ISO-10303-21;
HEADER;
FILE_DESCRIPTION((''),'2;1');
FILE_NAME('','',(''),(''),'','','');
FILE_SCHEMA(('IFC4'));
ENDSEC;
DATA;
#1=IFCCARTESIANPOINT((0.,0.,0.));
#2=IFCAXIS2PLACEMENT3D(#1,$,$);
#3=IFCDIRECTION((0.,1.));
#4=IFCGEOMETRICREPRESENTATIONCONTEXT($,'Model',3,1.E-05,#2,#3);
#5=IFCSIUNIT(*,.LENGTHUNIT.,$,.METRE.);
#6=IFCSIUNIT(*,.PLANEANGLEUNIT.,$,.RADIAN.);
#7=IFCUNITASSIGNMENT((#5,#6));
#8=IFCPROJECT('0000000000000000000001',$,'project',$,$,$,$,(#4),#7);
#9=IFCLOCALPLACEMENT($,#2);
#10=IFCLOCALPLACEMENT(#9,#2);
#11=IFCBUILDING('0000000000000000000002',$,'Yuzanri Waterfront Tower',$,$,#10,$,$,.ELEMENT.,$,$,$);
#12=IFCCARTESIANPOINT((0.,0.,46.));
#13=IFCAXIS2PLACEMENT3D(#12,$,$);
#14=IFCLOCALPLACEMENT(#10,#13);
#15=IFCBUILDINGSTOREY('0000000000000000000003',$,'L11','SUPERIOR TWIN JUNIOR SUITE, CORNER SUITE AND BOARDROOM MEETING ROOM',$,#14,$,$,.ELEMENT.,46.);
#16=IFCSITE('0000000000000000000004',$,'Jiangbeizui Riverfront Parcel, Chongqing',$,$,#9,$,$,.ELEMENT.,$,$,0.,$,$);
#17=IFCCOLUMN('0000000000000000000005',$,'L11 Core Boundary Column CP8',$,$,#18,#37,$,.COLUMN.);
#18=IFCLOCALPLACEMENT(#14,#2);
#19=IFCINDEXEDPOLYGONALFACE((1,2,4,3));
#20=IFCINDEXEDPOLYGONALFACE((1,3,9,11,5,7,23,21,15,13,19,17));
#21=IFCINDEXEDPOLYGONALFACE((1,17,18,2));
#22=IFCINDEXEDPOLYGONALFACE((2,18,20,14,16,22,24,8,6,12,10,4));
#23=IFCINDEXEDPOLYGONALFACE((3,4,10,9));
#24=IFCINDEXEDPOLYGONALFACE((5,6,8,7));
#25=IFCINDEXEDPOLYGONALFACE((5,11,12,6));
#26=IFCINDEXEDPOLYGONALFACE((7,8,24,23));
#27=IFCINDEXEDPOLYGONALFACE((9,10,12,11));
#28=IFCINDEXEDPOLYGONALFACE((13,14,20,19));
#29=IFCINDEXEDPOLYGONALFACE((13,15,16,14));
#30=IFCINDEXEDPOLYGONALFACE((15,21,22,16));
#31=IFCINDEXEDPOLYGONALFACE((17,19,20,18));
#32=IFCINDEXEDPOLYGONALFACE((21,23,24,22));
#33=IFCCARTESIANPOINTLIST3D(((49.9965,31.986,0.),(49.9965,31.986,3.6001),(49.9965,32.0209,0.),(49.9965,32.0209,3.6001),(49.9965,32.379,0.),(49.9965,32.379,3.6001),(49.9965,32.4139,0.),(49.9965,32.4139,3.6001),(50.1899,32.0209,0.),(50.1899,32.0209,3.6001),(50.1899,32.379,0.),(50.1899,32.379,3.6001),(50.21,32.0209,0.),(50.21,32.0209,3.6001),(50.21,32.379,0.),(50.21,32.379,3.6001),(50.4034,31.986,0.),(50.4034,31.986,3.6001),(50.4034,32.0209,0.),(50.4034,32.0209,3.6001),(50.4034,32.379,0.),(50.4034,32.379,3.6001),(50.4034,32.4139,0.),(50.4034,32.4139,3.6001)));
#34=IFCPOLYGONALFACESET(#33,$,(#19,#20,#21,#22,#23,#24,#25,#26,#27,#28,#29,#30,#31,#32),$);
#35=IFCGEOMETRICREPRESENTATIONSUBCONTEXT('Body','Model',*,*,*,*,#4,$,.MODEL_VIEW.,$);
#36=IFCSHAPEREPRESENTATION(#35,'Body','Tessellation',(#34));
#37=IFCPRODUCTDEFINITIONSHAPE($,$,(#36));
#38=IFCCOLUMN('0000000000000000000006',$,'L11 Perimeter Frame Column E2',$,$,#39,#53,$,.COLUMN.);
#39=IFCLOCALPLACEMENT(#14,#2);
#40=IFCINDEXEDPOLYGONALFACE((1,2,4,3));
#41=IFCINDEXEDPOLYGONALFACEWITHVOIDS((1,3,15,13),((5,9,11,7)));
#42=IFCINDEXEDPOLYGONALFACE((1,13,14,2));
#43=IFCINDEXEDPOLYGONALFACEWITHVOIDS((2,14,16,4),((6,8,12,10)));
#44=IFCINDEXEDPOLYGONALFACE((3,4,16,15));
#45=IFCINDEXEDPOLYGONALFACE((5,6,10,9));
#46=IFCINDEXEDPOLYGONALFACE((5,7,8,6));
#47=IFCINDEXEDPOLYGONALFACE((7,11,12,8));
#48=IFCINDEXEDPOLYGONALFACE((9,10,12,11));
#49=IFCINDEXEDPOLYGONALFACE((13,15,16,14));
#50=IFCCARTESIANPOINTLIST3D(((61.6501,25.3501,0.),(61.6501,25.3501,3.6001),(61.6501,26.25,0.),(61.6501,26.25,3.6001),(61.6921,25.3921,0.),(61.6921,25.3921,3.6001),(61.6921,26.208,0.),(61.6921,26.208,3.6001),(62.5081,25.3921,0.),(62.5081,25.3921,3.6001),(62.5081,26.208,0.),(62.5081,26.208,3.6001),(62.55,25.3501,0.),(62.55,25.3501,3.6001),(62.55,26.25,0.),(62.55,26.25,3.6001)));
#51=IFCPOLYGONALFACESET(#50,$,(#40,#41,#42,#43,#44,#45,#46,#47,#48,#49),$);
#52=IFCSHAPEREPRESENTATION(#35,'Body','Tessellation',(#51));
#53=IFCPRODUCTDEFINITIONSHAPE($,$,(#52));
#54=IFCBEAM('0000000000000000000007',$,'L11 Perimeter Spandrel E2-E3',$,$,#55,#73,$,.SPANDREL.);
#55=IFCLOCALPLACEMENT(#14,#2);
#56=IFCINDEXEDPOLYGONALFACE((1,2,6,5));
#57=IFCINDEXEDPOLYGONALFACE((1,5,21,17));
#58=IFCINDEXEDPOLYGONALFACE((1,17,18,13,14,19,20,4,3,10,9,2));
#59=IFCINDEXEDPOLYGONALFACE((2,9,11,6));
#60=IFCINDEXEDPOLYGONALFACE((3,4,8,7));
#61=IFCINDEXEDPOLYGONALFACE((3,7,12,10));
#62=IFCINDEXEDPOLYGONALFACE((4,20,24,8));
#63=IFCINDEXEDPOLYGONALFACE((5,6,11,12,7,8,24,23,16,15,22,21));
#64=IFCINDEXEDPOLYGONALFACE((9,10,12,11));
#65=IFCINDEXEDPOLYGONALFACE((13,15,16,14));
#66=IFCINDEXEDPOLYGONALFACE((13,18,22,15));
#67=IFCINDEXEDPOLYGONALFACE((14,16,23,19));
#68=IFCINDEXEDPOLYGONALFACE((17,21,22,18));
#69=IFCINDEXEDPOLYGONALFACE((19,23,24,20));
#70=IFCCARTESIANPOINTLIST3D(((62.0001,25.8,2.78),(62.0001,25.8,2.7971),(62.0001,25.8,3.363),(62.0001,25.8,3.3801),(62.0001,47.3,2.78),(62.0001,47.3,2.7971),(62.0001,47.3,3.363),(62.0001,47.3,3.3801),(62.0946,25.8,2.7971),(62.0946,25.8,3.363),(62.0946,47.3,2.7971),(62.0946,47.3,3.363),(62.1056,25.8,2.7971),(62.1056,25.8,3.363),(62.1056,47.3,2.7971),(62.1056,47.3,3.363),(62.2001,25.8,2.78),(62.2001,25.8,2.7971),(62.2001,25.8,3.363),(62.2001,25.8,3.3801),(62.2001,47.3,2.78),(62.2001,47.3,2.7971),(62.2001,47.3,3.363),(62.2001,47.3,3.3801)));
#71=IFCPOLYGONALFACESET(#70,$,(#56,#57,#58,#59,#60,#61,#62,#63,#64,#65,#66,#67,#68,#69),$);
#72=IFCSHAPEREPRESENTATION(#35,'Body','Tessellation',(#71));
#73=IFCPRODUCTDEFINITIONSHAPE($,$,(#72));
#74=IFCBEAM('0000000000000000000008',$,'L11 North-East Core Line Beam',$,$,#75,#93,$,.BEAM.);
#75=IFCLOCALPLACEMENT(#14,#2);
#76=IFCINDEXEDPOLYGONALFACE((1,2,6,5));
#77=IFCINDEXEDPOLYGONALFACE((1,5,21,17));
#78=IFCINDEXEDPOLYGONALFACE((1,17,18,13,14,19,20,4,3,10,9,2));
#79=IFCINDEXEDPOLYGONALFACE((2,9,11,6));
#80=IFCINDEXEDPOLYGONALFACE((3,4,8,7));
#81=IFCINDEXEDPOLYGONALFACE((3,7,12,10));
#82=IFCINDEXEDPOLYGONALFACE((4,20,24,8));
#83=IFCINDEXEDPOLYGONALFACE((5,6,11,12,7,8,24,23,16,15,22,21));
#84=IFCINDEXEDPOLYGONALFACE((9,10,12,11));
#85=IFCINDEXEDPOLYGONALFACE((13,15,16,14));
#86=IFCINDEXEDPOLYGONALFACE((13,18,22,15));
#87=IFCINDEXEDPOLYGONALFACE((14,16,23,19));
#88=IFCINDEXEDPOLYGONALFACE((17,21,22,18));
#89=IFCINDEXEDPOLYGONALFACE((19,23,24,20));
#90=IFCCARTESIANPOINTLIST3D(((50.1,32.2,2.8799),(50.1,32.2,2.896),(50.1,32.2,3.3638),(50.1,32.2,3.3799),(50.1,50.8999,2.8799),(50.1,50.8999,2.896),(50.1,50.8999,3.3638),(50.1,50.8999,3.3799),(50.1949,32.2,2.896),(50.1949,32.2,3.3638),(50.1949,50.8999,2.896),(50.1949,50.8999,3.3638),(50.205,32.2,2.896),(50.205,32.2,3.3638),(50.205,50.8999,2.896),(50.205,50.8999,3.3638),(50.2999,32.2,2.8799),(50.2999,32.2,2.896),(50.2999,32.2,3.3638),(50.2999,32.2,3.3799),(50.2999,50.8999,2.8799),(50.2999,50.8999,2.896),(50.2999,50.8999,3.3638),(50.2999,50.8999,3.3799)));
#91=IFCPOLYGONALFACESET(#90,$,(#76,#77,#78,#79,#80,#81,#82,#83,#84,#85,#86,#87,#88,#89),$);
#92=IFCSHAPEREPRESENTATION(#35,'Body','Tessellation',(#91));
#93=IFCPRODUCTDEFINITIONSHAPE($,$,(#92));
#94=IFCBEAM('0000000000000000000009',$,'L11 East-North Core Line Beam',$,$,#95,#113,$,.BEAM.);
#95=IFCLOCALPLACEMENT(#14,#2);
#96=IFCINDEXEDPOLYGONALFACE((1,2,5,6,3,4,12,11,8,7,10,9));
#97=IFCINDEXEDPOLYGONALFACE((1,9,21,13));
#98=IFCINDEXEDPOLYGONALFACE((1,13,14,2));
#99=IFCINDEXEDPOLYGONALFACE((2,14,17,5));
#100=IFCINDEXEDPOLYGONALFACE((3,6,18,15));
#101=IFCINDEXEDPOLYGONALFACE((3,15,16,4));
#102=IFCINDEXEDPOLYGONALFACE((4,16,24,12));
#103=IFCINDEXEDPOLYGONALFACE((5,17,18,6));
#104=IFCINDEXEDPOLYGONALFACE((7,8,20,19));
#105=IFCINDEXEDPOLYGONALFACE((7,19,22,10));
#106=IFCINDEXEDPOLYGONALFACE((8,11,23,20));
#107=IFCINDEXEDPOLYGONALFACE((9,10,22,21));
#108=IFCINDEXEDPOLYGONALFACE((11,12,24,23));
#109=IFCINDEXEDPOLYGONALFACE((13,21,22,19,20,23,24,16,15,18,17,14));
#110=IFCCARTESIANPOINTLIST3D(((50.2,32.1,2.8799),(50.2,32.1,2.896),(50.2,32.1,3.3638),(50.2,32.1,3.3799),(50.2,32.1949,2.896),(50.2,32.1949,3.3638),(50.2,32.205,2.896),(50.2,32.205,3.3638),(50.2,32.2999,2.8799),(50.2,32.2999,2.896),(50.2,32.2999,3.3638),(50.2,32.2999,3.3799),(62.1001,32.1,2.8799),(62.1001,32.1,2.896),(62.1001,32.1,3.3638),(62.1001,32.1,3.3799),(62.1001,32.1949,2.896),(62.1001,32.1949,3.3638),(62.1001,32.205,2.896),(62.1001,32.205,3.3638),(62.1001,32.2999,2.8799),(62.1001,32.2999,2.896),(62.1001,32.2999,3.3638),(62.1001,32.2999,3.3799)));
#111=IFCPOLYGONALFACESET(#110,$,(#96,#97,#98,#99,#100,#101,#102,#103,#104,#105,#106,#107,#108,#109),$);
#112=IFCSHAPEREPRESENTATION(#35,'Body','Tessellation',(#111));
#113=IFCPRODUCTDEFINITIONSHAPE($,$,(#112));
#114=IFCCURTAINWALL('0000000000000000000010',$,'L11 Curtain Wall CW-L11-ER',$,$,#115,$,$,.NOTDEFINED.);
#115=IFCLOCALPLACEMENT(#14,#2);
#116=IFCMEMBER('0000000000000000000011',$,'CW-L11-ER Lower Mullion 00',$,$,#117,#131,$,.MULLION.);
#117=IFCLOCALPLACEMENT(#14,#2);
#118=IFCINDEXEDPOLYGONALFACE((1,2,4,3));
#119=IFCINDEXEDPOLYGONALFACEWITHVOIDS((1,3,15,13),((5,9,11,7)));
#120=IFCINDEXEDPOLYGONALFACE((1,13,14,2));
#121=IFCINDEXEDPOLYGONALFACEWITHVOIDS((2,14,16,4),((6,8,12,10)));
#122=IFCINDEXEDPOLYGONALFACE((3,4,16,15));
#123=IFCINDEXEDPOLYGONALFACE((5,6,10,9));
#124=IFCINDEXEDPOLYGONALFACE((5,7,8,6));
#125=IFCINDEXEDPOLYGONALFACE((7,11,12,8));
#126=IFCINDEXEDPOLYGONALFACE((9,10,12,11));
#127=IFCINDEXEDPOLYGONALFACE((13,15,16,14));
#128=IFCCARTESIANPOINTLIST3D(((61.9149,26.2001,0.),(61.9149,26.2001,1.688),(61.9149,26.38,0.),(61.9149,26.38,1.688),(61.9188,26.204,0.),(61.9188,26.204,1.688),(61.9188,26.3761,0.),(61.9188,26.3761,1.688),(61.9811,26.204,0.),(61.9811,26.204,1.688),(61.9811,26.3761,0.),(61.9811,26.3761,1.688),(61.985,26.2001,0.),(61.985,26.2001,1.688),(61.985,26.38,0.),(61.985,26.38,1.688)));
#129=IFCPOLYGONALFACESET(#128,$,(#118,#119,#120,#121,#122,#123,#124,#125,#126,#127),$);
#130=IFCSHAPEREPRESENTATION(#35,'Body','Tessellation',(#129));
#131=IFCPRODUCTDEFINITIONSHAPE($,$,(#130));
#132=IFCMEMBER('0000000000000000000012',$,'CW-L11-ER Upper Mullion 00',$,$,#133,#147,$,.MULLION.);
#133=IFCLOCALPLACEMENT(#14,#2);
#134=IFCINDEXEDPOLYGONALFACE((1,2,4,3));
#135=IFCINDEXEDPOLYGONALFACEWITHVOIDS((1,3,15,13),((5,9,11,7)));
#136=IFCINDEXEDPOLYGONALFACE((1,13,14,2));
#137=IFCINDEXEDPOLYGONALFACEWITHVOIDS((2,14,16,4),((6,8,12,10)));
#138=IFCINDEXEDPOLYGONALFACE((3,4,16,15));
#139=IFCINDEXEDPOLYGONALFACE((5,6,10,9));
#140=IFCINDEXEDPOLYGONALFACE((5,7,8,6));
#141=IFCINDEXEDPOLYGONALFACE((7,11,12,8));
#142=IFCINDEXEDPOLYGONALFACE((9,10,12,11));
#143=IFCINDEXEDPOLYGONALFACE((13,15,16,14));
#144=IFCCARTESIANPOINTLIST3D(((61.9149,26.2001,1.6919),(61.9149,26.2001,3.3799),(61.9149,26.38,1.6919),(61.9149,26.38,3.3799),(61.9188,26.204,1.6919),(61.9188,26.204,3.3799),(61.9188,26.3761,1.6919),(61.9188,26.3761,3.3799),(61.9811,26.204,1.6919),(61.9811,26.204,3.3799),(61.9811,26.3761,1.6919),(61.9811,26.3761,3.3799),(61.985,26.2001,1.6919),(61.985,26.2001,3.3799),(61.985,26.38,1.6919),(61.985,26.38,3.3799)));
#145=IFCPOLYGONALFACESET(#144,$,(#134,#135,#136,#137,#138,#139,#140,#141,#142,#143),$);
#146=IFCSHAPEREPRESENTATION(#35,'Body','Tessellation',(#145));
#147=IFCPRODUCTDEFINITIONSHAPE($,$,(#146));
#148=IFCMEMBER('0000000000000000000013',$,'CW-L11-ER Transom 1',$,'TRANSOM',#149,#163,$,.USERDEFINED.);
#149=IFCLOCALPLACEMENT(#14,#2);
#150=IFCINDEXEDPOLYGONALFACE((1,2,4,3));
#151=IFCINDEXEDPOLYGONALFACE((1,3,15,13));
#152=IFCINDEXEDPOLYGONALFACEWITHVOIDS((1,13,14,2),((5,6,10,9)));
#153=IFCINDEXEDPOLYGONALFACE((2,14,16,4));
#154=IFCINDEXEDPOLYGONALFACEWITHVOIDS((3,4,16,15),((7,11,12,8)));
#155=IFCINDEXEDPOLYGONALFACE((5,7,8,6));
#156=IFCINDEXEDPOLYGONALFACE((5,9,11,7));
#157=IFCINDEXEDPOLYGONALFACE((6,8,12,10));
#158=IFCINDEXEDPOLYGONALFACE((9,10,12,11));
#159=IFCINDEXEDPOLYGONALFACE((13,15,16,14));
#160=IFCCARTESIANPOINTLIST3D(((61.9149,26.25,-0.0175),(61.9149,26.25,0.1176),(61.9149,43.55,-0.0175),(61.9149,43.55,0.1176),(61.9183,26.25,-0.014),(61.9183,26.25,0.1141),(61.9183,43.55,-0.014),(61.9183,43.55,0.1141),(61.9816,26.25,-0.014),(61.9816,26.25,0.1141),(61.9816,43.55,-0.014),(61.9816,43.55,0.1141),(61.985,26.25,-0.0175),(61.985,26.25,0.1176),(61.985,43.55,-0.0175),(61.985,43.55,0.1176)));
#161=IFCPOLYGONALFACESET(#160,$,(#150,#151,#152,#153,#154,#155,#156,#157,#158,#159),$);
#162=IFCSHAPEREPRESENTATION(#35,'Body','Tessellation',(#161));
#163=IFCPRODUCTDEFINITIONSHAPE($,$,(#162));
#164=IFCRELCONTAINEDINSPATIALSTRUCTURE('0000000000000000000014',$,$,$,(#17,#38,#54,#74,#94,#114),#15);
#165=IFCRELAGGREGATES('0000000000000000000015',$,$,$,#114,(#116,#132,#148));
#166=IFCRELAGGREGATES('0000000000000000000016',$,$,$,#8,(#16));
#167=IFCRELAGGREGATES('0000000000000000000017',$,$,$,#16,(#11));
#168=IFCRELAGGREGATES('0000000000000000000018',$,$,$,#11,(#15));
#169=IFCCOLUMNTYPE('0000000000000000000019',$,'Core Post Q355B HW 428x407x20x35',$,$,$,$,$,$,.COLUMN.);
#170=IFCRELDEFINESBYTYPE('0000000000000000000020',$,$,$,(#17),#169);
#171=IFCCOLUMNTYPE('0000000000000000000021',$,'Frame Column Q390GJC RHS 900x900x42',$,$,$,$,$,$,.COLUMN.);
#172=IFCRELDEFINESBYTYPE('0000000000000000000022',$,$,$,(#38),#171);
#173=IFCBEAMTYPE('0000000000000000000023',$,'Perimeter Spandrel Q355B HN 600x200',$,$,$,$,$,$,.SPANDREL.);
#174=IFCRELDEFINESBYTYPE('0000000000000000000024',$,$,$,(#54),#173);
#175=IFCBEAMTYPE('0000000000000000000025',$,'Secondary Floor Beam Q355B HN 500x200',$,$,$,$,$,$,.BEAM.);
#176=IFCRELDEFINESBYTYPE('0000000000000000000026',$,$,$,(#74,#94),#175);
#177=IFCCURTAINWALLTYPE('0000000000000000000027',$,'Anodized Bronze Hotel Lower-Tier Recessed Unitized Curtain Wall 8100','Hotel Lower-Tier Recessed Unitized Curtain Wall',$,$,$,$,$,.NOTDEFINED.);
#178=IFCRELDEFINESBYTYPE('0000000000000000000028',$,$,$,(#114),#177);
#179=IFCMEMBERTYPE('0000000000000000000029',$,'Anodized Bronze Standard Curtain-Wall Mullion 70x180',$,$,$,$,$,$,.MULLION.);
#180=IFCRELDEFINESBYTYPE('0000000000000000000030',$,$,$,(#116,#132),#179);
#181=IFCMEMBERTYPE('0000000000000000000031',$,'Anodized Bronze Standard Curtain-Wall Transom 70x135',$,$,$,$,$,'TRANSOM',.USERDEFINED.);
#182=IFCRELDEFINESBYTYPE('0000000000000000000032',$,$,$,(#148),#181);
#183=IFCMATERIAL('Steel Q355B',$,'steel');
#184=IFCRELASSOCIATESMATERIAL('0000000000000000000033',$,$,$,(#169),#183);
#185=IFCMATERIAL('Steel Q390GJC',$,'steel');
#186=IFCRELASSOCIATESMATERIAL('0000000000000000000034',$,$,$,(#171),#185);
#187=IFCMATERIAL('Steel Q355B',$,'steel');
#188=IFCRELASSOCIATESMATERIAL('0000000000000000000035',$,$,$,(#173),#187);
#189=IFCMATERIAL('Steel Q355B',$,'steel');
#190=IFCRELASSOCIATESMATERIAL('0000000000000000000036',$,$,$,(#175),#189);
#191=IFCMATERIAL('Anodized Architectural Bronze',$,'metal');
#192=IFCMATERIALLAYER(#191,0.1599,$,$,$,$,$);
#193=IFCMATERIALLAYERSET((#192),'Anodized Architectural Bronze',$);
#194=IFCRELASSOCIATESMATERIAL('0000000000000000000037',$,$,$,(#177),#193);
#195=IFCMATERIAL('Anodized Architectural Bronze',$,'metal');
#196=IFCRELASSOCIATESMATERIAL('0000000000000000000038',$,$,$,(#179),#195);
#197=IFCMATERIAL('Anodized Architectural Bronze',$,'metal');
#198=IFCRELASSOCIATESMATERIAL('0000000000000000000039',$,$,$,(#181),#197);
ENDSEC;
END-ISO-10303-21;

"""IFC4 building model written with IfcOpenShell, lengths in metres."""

from ifc_helpers import new_model, si_unit, direction, frame, origin, origin_2d, place, context, subcontext, project, spatial, hollow_rectangle, i_section, extrude, source, transform, mapped, material, layer, layer_set, material_profile, profile_set, type_object, element, aggregate, save


model = new_model("IFC4")

# Units and contexts
model_context = context("Model", 3, precision=1e-05, world=origin(), true_north=direction((0.0, 1.0)))
body_context = subcontext(model_context, "Body", "Model", "MODEL_VIEW")
ifc_project = project(units=[si_unit("LENGTHUNIT", "METRE"), si_unit("PLANEANGLEUNIT", "RADIAN")], contexts=[model_context])

# Site, building, storey
site_placement = place(None, origin())
site = spatial("IfcSite", under=ifc_project, at=site_placement, Name="Jiangbeizui Riverfront Parcel, Chongqing", CompositionType="ELEMENT", RefElevation=0.0)
building_placement = place(site_placement, origin())
building = spatial("IfcBuilding", under=site, at=building_placement, Name="Yuzanri Waterfront Tower", CompositionType="ELEMENT")
storey_placement = place(building_placement, frame((0.0, 0.0, 46.0)))
storey = spatial("IfcBuildingStorey", under=building, at=storey_placement, Name="L11", Description="SUPERIOR TWIN JUNIOR SUITE, CORNER SUITE AND BOARDROOM MEETING ROOM", CompositionType="ELEMENT", Elevation=46.0)

# Columns
ifc_material_1 = material(Name="Steel Q355B", Category="steel")
ifc_material_profile_1 = material_profile(ifc_material_1, i_section(OverallWidth=0.407, OverallDepth=0.428, WebThickness=0.02, FlangeThickness=0.0349, at=origin_2d()), Name="HW 428x407x20x35")
ifc_profile_set_1 = profile_set([ifc_material_profile_1], Name="Steel Q355B")
column_type_1 = type_object("IfcColumnType", Name="Core Post Q355B HW 428x407x20x35", PredefinedType="COLUMN", material=ifc_profile_set_1)
shared_shape_1 = source(origin(), body_context, "Body", "SweptSolid", [
    extrude(i_section(OverallWidth=0.407, OverallDepth=0.428, WebThickness=0.02, FlangeThickness=0.0349, at=origin_2d()), origin(), (0.0, 0.0, 1.0), 3.6001),
])
column_1_placement = place(storey_placement, frame((50.2, 32.2, 0.0), z_axis=(0.0, 0.0, 1.0), x_axis=(1.0, 0.0, 0.0)))
element("IfcColumn", 1, at=column_1_placement, inside=storey, type_object=column_type_1, Name="L11 Core Boundary Column CP8", PredefinedType="COLUMN", context=body_context, shape_type="MappedRepresentation", body=[
    mapped(shared_shape_1, transform((0.0, 0.0, 0.0), scale=1.0)),
])
ifc_material_2 = material(Name="Steel Q390GJC", Category="steel")
ifc_material_profile_2 = material_profile(ifc_material_2, hollow_rectangle(XDim=0.8999, YDim=0.8999, WallThickness=0.042, at=origin_2d()), Name="RHS 900x900x42")
ifc_profile_set_2 = profile_set([ifc_material_profile_2], Name="Steel Q390GJC")
column_type_2 = type_object("IfcColumnType", Name="Frame Column Q390GJC RHS 900x900x42", PredefinedType="COLUMN", material=ifc_profile_set_2)
shared_shape_2 = source(origin(), body_context, "Body", "SweptSolid", [
    extrude(hollow_rectangle(XDim=0.8999, YDim=0.8999, WallThickness=0.042, at=origin_2d()), origin(), (0.0, 0.0, 1.0), 3.6001),
])
column_2_placement = place(storey_placement, frame((62.1001, 25.8, 0.0), z_axis=(0.0, 0.0, 1.0), x_axis=(1.0, 0.0, 0.0)))
element("IfcColumn", 2, at=column_2_placement, inside=storey, type_object=column_type_2, Name="L11 Perimeter Frame Column E2", PredefinedType="COLUMN", context=body_context, shape_type="MappedRepresentation", body=[
    mapped(shared_shape_2, transform((0.0, 0.0, 0.0), scale=1.0)),
])

# Beams
ifc_material_3 = material(Name="Steel Q355B", Category="steel")
ifc_material_profile_3 = material_profile(ifc_material_3, i_section(OverallWidth=0.2, OverallDepth=0.6001, WebThickness=0.011, FlangeThickness=0.0171, at=origin_2d()), Name="HN 600x200x11x17")
ifc_profile_set_3 = profile_set([ifc_material_profile_3], Name="Steel Q355B")
beam_type_1 = type_object("IfcBeamType", Name="Perimeter Spandrel Q355B HN 600x200", PredefinedType="SPANDREL", material=ifc_profile_set_3)
shared_shape_3 = source(origin(), body_context, "Body", "SweptSolid", [
    extrude(i_section(OverallWidth=0.2, OverallDepth=0.6001, WebThickness=0.011, FlangeThickness=0.0171, at=origin_2d()), origin(), (0.0, 0.0, 1.0), 21.5),
])
beam_1_placement = place(storey_placement, frame((62.1001, 25.8, 3.0801), z_axis=(0.0, 1.0, 0.0), x_axis=(-1.0, 0.0, 0.0)))
element("IfcBeam", 3, at=beam_1_placement, inside=storey, type_object=beam_type_1, Name="L11 Perimeter Spandrel E2-E3", PredefinedType="SPANDREL", context=body_context, shape_type="MappedRepresentation", body=[
    mapped(shared_shape_3, transform((0.0, 0.0, 0.0), scale=1.0)),
])
ifc_material_4 = material(Name="Steel Q355B", Category="steel")
ifc_material_profile_4 = material_profile(ifc_material_4, i_section(OverallWidth=0.2, OverallDepth=0.5, WebThickness=0.01, FlangeThickness=0.0161, at=origin_2d()), Name="HN 500x200x10x16")
ifc_profile_set_4 = profile_set([ifc_material_profile_4], Name="Steel Q355B")
beam_type_2 = type_object("IfcBeamType", Name="Secondary Floor Beam Q355B HN 500x200", PredefinedType="BEAM", material=ifc_profile_set_4)
shared_shape_4 = source(origin(), body_context, "Body", "SweptSolid", [
    extrude(i_section(OverallWidth=0.2, OverallDepth=0.5, WebThickness=0.01, FlangeThickness=0.0161, at=origin_2d()), origin(), (0.0, 0.0, 1.0), 18.7),
])
beam_2_placement = place(storey_placement, frame((50.2, 32.2, 3.1299), z_axis=(0.0, 1.0, 0.0), x_axis=(-1.0, 0.0, 0.0)))
element("IfcBeam", 4, at=beam_2_placement, inside=storey, type_object=beam_type_2, Name="L11 North-East Core Line Beam", PredefinedType="BEAM", context=body_context, shape_type="MappedRepresentation", body=[
    mapped(shared_shape_4, transform((0.0, 0.0, 0.0), scale=1.0)),
])
shared_shape_5 = source(origin(), body_context, "Body", "SweptSolid", [
    extrude(i_section(OverallWidth=0.2, OverallDepth=0.5, WebThickness=0.01, FlangeThickness=0.0161, at=origin_2d()), origin(), (0.0, 0.0, 1.0), 11.9001),
])
beam_3_placement = place(storey_placement, frame((50.2, 32.2, 3.1299), z_axis=(1.0, 0.0, 0.0), x_axis=(0.0, 1.0, 0.0)))
element("IfcBeam", 5, at=beam_3_placement, inside=storey, type_object=beam_type_2, Name="L11 East-North Core Line Beam", PredefinedType="BEAM", context=body_context, shape_type="MappedRepresentation", body=[
    mapped(shared_shape_5, transform((0.0, 0.0, 0.0), scale=1.0)),
])

# Curtain wall, members
ifc_material_5 = material(Name="Anodized Architectural Bronze", Category="metal")
ifc_layer_1 = layer(ifc_material_5, 0.1599)
ifc_layer_set_1 = layer_set([ifc_layer_1], Name="Anodized Architectural Bronze")
curtain_wall_type = type_object("IfcCurtainWallType", Name="Anodized Bronze Hotel Lower-Tier Recessed Unitized Curtain Wall 8100", Description="Hotel Lower-Tier Recessed Unitized Curtain Wall", PredefinedType="NOTDEFINED", material=ifc_layer_set_1)
curtain_wall_placement = place(storey_placement, origin())
curtain_wall = element("IfcCurtainWall", 6, at=curtain_wall_placement, inside=storey, type_object=curtain_wall_type, Name="L11 Curtain Wall CW-L11-ER", PredefinedType="NOTDEFINED")
ifc_material_6 = material(Name="Anodized Architectural Bronze", Category="metal")
ifc_material_profile_5 = material_profile(ifc_material_6, hollow_rectangle(XDim=0.0701, YDim=0.1799, WallThickness=0.0039, at=origin_2d()), Name="CWM 70x180")
ifc_profile_set_5 = profile_set([ifc_material_profile_5], Name="Anodized Architectural Bronze")
member_type_1 = type_object("IfcMemberType", Name="Anodized Bronze Standard Curtain-Wall Mullion 70x180", PredefinedType="MULLION", material=ifc_profile_set_5)
shared_shape_6 = source(origin(), body_context, "Body", "SweptSolid", [
    extrude(hollow_rectangle(XDim=0.0701, YDim=0.1799, WallThickness=0.0039, at=origin_2d()), origin(), (0.0, 0.0, 1.0), 1.688),
])
member_1_placement = place(storey_placement, frame((61.95, 26.29, 0.0), z_axis=(0.0, 0.0, 1.0), x_axis=(1.0, 0.0, 0.0)))
member_1 = element("IfcMember", 7, at=member_1_placement, type_object=member_type_1, Name="CW-L11-ER Lower Mullion 00", PredefinedType="MULLION", context=body_context, shape_type="MappedRepresentation", body=[
    mapped(shared_shape_6, transform((0.0, 0.0, 0.0), scale=1.0)),
])
member_2_placement = place(storey_placement, frame((61.95, 26.29, 1.6919), z_axis=(0.0, 0.0, 1.0), x_axis=(1.0, 0.0, 0.0)))
member_2 = element("IfcMember", 8, at=member_2_placement, type_object=member_type_1, Name="CW-L11-ER Upper Mullion 00", PredefinedType="MULLION", context=body_context, shape_type="MappedRepresentation", body=[
    mapped(shared_shape_6, transform((0.0, 0.0, 0.0), scale=1.0)),
])
ifc_material_7 = material(Name="Anodized Architectural Bronze", Category="metal")
ifc_material_profile_6 = material_profile(ifc_material_7, hollow_rectangle(XDim=0.0701, YDim=0.135, WallThickness=0.0034, at=origin_2d()), Name="CWT 70x135")
ifc_profile_set_6 = profile_set([ifc_material_profile_6], Name="Anodized Architectural Bronze")
member_type_2 = type_object("IfcMemberType", Name="Anodized Bronze Standard Curtain-Wall Transom 70x135", ElementType="TRANSOM", PredefinedType="USERDEFINED", material=ifc_profile_set_6)
shared_shape_7 = source(origin(), body_context, "Body", "SweptSolid", [
    extrude(hollow_rectangle(XDim=0.0701, YDim=0.135, WallThickness=0.0034, at=origin_2d()), origin(), (0.0, 0.0, 1.0), 17.3),
])
member_3_placement = place(storey_placement, frame((61.95, 26.25, 0.05), z_axis=(0.0, 1.0, 0.0), x_axis=(-1.0, 0.0, 0.0)))
member_3 = element("IfcMember", 9, at=member_3_placement, type_object=member_type_2, Name="CW-L11-ER Transom 1", ObjectType="TRANSOM", PredefinedType="USERDEFINED", context=body_context, shape_type="MappedRepresentation", body=[
    mapped(shared_shape_7, transform((0.0, 0.0, 0.0), scale=1.0)),
])
aggregate(curtain_wall, [member_1, member_2, member_3])

save(model, "model.ifc")
